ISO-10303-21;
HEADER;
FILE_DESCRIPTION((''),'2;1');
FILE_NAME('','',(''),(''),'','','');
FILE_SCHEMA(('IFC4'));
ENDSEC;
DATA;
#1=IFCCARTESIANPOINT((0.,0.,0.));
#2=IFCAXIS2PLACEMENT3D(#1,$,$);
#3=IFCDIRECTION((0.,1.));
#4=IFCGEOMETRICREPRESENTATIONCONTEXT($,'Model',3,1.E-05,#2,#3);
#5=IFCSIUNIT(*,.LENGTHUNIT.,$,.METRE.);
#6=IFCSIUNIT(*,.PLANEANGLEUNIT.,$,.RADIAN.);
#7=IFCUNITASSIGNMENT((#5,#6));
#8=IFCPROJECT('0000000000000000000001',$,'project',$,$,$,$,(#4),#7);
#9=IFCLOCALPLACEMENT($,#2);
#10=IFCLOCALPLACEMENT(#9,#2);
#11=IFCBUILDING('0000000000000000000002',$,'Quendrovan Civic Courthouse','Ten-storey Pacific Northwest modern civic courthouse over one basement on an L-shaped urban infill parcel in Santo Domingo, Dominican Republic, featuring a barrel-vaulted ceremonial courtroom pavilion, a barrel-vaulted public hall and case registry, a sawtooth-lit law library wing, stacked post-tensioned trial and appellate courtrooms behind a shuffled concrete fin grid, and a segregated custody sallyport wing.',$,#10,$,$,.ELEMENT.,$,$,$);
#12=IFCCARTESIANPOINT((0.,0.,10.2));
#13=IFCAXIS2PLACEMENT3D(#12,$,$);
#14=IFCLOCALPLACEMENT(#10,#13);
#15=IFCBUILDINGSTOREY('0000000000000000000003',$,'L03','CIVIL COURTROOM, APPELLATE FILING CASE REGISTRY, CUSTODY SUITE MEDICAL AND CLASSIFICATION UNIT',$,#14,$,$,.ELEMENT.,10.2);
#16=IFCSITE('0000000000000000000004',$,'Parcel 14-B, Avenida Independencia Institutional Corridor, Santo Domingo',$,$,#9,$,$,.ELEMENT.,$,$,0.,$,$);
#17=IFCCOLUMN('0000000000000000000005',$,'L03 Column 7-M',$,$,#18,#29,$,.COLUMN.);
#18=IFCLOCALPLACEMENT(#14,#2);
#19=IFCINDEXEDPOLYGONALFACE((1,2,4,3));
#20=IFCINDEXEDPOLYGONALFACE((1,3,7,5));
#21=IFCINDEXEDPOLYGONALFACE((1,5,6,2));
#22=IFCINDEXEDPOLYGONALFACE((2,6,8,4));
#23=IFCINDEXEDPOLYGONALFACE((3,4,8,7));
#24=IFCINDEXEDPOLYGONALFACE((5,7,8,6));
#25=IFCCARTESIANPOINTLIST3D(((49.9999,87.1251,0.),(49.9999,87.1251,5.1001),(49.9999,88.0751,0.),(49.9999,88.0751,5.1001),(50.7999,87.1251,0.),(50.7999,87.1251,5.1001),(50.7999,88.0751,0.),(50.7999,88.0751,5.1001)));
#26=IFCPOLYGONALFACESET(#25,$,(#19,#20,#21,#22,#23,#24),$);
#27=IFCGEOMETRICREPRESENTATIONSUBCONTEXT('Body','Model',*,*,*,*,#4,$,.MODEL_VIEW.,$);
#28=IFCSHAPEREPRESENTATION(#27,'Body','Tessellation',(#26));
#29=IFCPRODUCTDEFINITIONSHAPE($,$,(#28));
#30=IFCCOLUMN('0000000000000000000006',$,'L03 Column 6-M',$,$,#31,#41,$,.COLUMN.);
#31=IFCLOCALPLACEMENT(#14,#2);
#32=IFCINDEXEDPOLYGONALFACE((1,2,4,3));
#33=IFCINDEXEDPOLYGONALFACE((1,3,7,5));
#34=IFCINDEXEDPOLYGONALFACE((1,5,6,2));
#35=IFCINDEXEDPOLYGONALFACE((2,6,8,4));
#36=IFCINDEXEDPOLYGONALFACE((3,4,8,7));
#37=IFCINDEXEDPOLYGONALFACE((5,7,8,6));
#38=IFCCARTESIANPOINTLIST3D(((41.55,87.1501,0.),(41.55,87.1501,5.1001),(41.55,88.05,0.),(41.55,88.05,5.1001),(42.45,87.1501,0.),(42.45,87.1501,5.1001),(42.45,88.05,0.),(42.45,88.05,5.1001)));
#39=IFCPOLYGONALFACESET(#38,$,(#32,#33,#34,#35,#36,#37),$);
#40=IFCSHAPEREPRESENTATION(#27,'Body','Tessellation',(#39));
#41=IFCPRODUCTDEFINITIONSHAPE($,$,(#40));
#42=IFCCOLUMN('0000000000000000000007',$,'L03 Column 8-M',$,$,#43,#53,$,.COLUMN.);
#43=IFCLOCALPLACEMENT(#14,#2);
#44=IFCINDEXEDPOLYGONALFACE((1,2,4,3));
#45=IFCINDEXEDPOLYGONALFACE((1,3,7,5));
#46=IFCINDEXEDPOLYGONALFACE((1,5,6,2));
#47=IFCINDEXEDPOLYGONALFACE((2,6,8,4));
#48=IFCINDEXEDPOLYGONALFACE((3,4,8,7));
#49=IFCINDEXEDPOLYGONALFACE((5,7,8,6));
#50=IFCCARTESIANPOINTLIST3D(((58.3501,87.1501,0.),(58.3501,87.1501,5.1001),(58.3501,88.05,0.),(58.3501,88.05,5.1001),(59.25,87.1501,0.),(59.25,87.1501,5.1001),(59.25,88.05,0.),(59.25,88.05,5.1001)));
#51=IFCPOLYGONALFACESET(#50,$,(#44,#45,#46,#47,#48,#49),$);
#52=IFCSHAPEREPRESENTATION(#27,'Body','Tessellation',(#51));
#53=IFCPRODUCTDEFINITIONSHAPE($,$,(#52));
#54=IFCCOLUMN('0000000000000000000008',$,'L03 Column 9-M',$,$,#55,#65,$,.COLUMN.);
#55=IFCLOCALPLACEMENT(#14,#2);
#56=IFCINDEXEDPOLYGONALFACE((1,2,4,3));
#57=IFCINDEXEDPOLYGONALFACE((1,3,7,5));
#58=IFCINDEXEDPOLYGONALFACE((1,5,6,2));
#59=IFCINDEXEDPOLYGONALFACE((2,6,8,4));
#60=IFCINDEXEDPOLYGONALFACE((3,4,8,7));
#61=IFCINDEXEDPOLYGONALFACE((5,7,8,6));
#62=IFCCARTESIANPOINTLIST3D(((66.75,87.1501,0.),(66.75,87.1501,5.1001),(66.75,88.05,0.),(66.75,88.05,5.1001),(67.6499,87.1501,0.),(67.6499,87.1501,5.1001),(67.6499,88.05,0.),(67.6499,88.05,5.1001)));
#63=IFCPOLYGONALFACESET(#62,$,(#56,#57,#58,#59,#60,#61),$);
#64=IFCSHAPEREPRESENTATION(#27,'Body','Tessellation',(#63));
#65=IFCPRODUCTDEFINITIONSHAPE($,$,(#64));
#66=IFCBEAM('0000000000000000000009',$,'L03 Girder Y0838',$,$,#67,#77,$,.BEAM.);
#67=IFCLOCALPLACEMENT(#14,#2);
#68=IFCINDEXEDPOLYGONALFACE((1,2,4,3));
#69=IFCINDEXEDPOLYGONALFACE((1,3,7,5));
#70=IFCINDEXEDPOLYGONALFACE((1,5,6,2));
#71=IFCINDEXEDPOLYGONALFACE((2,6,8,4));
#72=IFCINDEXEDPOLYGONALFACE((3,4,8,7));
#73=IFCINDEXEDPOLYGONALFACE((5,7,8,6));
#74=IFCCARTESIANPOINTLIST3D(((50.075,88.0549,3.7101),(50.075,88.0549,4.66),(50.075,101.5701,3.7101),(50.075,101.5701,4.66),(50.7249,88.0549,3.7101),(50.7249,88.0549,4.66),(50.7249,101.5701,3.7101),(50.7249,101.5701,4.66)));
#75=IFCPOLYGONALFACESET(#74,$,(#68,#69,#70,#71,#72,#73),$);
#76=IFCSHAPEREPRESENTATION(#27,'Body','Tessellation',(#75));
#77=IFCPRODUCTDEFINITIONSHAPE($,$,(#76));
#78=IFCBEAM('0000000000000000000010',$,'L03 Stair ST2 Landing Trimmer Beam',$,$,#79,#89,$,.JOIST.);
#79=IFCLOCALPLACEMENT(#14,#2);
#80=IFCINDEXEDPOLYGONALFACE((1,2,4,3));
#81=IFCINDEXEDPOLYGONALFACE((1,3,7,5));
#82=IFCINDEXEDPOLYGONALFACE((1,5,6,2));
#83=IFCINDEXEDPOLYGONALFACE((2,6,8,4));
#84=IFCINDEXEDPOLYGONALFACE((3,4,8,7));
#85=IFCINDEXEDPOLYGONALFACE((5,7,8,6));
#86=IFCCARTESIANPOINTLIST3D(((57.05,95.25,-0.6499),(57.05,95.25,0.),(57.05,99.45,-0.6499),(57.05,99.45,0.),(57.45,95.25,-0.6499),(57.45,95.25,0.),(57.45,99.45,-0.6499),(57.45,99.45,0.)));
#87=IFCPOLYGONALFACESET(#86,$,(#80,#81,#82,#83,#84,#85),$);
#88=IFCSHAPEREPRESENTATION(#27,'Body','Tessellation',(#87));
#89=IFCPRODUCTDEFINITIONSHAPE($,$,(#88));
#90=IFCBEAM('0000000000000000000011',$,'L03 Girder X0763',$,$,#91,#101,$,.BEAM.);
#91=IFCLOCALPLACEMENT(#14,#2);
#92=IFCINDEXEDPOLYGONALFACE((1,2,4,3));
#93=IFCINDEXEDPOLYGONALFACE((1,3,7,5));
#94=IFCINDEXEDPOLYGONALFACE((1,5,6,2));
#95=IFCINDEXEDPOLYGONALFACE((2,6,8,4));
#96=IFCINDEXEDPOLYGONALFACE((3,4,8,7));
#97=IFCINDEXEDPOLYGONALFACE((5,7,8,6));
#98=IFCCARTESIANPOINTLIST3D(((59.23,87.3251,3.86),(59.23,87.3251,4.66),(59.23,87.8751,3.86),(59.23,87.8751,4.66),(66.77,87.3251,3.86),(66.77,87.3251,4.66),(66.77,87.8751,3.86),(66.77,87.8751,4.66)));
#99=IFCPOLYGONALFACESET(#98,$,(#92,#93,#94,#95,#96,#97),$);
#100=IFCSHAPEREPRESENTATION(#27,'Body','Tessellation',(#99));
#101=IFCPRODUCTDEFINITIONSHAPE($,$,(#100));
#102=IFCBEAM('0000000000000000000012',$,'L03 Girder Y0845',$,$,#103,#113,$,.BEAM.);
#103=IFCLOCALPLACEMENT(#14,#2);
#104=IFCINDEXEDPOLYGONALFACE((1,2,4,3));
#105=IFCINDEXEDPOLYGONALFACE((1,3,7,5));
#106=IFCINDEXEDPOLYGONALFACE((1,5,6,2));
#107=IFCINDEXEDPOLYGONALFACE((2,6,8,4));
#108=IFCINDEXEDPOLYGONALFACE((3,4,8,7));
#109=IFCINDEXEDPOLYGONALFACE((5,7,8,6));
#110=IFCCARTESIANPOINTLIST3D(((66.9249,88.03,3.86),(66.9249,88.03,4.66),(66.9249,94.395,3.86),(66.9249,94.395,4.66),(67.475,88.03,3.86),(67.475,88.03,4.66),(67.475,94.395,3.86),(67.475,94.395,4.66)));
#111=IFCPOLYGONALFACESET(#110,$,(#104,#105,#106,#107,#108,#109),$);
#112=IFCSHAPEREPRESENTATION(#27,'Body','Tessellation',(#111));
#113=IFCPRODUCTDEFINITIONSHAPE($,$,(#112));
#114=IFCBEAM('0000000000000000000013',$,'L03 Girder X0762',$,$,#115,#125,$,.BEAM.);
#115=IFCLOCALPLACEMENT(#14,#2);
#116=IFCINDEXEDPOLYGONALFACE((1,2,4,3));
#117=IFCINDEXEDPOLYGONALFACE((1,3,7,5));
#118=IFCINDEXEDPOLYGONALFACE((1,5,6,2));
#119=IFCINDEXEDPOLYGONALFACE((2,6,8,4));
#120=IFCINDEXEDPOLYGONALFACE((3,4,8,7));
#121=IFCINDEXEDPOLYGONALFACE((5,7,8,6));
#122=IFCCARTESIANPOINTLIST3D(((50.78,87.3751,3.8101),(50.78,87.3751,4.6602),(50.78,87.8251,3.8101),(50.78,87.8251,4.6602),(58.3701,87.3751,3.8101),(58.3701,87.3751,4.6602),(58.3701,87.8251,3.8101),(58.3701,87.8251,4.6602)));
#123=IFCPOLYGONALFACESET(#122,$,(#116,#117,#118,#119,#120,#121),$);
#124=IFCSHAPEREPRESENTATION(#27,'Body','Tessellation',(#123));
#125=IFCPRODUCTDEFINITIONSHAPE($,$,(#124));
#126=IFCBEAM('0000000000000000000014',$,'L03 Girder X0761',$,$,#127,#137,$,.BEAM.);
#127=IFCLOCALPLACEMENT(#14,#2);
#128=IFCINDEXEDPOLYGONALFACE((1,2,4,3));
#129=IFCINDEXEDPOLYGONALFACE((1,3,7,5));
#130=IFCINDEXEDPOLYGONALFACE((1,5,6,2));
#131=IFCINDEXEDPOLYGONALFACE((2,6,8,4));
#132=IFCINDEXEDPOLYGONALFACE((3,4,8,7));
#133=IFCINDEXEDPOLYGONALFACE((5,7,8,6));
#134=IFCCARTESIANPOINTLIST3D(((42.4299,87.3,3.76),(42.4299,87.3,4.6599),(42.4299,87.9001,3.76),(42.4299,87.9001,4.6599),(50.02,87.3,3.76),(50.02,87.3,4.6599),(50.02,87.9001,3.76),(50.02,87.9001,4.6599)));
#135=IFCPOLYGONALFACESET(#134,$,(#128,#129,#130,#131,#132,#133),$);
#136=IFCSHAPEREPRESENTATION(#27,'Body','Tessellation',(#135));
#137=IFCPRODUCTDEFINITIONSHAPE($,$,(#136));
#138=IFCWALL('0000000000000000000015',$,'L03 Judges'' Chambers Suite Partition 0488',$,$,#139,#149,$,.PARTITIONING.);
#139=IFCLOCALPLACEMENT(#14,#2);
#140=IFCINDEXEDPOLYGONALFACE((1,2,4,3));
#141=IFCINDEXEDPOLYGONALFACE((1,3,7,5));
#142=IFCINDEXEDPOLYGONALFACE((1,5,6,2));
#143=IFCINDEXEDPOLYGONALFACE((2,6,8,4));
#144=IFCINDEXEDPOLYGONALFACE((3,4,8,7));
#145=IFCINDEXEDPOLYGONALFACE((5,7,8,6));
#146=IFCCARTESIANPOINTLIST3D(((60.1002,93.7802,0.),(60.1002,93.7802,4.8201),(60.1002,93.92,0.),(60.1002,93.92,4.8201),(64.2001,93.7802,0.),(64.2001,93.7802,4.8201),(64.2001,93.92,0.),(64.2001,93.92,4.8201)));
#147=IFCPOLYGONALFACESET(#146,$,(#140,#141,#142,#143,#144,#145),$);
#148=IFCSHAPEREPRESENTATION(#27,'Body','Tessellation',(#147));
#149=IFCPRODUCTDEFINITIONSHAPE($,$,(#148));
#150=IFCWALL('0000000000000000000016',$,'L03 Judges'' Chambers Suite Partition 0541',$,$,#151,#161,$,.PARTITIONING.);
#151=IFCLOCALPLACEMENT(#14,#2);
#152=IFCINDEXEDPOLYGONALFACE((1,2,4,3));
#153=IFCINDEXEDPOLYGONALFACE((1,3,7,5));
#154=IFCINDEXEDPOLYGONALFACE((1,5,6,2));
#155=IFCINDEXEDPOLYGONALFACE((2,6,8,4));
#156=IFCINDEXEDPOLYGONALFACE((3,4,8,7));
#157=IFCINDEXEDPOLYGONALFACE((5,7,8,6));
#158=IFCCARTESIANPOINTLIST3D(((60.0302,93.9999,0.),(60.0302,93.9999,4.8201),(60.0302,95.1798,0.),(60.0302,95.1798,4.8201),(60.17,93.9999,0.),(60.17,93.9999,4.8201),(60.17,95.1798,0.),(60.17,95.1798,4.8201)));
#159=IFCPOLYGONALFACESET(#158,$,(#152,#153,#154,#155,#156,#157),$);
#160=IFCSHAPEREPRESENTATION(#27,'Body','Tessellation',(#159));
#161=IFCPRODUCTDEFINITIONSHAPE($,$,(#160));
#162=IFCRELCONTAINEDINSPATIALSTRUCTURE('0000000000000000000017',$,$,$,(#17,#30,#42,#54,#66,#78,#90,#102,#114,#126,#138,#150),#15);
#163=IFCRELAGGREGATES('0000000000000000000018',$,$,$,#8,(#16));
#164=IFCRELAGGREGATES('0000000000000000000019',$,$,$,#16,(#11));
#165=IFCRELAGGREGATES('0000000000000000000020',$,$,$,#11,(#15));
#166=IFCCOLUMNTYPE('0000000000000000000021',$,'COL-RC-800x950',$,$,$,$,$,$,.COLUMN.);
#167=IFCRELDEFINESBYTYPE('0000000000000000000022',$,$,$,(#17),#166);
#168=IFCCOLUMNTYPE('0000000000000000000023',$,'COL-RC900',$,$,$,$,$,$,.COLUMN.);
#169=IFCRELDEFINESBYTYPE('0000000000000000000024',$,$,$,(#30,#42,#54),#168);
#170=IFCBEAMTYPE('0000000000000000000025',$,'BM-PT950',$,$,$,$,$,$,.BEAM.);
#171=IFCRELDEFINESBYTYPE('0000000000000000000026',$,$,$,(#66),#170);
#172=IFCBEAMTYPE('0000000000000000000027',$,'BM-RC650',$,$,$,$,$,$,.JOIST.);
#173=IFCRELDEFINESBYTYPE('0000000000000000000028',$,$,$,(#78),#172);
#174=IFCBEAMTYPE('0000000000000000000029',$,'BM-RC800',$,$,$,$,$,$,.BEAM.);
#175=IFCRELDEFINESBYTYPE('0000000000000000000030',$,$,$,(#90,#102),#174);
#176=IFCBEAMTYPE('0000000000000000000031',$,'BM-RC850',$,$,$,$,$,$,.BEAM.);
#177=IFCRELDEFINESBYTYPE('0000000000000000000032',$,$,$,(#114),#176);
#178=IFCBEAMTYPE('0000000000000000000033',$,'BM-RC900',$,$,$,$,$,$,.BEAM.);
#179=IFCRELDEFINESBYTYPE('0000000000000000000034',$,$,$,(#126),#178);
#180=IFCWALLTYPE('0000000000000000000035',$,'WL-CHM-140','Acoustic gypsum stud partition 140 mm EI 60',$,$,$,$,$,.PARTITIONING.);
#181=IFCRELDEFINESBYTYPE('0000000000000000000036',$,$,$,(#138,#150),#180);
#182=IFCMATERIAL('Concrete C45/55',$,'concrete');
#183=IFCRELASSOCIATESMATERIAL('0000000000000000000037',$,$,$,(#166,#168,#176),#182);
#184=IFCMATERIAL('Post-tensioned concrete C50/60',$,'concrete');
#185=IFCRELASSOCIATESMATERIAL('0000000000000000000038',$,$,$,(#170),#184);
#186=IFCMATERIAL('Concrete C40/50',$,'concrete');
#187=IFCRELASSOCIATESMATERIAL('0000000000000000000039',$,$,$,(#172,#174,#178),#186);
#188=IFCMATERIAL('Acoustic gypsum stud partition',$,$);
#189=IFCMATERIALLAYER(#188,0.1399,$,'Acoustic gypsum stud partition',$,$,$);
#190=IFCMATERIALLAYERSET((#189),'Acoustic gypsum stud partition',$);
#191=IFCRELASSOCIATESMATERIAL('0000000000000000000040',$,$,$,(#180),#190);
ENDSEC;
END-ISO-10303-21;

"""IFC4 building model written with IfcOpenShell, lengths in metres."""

from ifc_helpers import new_model, si_unit, direction, frame, frame_2d, origin, origin_2d, place, context, subcontext, project, spatial, rectangle, extrude, material, layer, layer_set, material_profile, profile_set, type_object, element, save


model = new_model("IFC4")

# Units and contexts
model_context = context("Model", 3, precision=1e-05, world=origin(), true_north=direction((0.0, 1.0)))
body_context = subcontext(model_context, "Body", "Model", "MODEL_VIEW")
ifc_project = project(units=[si_unit("LENGTHUNIT", "METRE"), si_unit("PLANEANGLEUNIT", "RADIAN")], contexts=[model_context])

# Site, building, storey
site_placement = place(None, origin())
site = spatial("IfcSite", under=ifc_project, at=site_placement, Name="Parcel 14-B, Avenida Independencia Institutional Corridor, Santo Domingo", CompositionType="ELEMENT", RefElevation=0.0)
building_placement = place(site_placement, origin())
building = spatial("IfcBuilding", under=site, at=building_placement, Name="Quendrovan Civic Courthouse", Description="Ten-storey Pacific Northwest modern civic courthouse over one basement on an L-shaped urban infill parcel in Santo Domingo, Dominican Republic, featuring a barrel-vaulted ceremonial courtroom pavilion, a barrel-vaulted public hall and case registry, a sawtooth-lit law library wing, stacked post-tensioned trial and appellate courtrooms behind a shuffled concrete fin grid, and a segregated custody sallyport wing.", CompositionType="ELEMENT")
storey_placement = place(building_placement, frame((0.0, 0.0, 10.2)))
storey = spatial("IfcBuildingStorey", under=building, at=storey_placement, Name="L03", Description="CIVIL COURTROOM, APPELLATE FILING CASE REGISTRY, CUSTODY SUITE MEDICAL AND CLASSIFICATION UNIT", CompositionType="ELEMENT", Elevation=10.2)

# Columns
ifc_material_1 = material(Name="Concrete C45/55", Category="concrete")
ifc_material_profile_1 = material_profile(ifc_material_1, rectangle(XDim=0.8, YDim=0.95, at=origin_2d()), Name="RC-COL-800x950")
ifc_profile_set_1 = profile_set([ifc_material_profile_1], Name="Concrete C45/55")
column_type_1 = type_object("IfcColumnType", Name="COL-RC-800x950", PredefinedType="COLUMN", material=ifc_profile_set_1)
column_placement = place(storey_placement, frame((50.3999, 87.6001, 0.0), z_axis=(0.0, 0.0, 1.0), x_axis=(1.0, 0.0, 0.0)))
element("IfcColumn", 1, at=column_placement, inside=storey, type_object=column_type_1, Name="L03 Column 7-M", PredefinedType="COLUMN", context=body_context, shape_type="SweptSolid", body=[
    extrude(rectangle(XDim=0.8, YDim=0.95, at=origin_2d()), origin(), (0.0, 0.0, 1.0), 5.1001),
])
ifc_material_profile_2 = material_profile(ifc_material_1, rectangle(XDim=0.8999, YDim=0.8999, at=origin_2d()), Name="RC-COL-900x900")
ifc_profile_set_2 = profile_set([ifc_material_profile_2], Name="Concrete C45/55")
column_type_2 = type_object("IfcColumnType", Name="COL-RC900", PredefinedType="COLUMN", material=ifc_profile_set_2)
for number, where, z_axis, x_axis, name in (
    (2, (42.0, 87.6001, 0.0), (0.0, 0.0, 1.0), (1.0, 0.0, 0.0), "L03 Column 6-M"),
    (3, (58.8, 87.6001, 0.0), (0.0, 0.0, 1.0), (1.0, 0.0, 0.0), "L03 Column 8-M"),
    (4, (67.2, 87.6001, 0.0), (0.0, 0.0, 1.0), (1.0, 0.0, 0.0), "L03 Column 9-M"),
):
    element("IfcColumn", number, at=place(storey_placement, frame(where, z_axis=z_axis, x_axis=x_axis)), inside=storey, type_object=column_type_2, Name=name, PredefinedType="COLUMN", context=body_context, shape_type="SweptSolid", body=[
        extrude(rectangle(XDim=0.8999, YDim=0.8999, at=origin_2d()), origin(), (0.0, 0.0, 1.0), 5.1001),
    ])

# Beams
ifc_material_2 = material(Name="Post-tensioned concrete C50/60", Category="concrete")
ifc_material_profile_3 = material_profile(ifc_material_2, rectangle(XDim=0.6499, YDim=0.95, at=origin_2d()), Name="PT-GIRD-650x950")
ifc_profile_set_3 = profile_set([ifc_material_profile_3], Name="Post-tensioned concrete C50/60")
beam_type_1 = type_object("IfcBeamType", Name="BM-PT950", PredefinedType="BEAM", material=ifc_profile_set_3)
beam_1_placement = place(storey_placement, frame((50.3999, 88.0549, 4.1851), z_axis=(0.0, 1.0, 0.0), x_axis=(-1.0, 0.0, 0.0)))
element("IfcBeam", 5, at=beam_1_placement, inside=storey, type_object=beam_type_1, Name="L03 Girder Y0838", PredefinedType="BEAM", context=body_context, shape_type="SweptSolid", body=[
    extrude(rectangle(XDim=0.6499, YDim=0.95, at=origin_2d()), origin(), (0.0, 0.0, 1.0), 13.5151),
])
ifc_material_3 = material(Name="Concrete C40/50", Category="concrete")
ifc_material_profile_4 = material_profile(ifc_material_3, rectangle(XDim=0.3999, YDim=0.6499, at=origin_2d()), Name="RC-BM-400x650")
ifc_profile_set_4 = profile_set([ifc_material_profile_4], Name="Concrete C40/50")
beam_type_2 = type_object("IfcBeamType", Name="BM-RC650", PredefinedType="JOIST", material=ifc_profile_set_4)
beam_2_placement = place(storey_placement, frame((57.25, 95.25, -0.325), z_axis=(0.0, 1.0, 0.0), x_axis=(-1.0, 0.0, 0.0)))
element("IfcBeam", 6, at=beam_2_placement, inside=storey, type_object=beam_type_2, Name="L03 Stair ST2 Landing Trimmer Beam", PredefinedType="JOIST", context=body_context, shape_type="SweptSolid", body=[
    extrude(rectangle(XDim=0.3999, YDim=0.6499, at=origin_2d()), origin(), (0.0, 0.0, 1.0), 4.2),
])
ifc_material_profile_5 = material_profile(ifc_material_3, rectangle(XDim=0.55, YDim=0.8, at=origin_2d()), Name="RC-BM-550x800")
ifc_profile_set_5 = profile_set([ifc_material_profile_5], Name="Concrete C40/50")
beam_type_3 = type_object("IfcBeamType", Name="BM-RC800", PredefinedType="BEAM", material=ifc_profile_set_5)
beam_3_placement = place(storey_placement, frame((59.23, 87.6001, 4.26), z_axis=(1.0, 0.0, 0.0), x_axis=(0.0, 1.0, 0.0)))
element("IfcBeam", 7, at=beam_3_placement, inside=storey, type_object=beam_type_3, Name="L03 Girder X0763", PredefinedType="BEAM", context=body_context, shape_type="SweptSolid", body=[
    extrude(rectangle(XDim=0.55, YDim=0.8, at=origin_2d()), origin(), (0.0, 0.0, 1.0), 7.54),
])
beam_4_placement = place(storey_placement, frame((67.2, 88.03, 4.26), z_axis=(0.0, 1.0, 0.0), x_axis=(-1.0, 0.0, 0.0)))
element("IfcBeam", 8, at=beam_4_placement, inside=storey, type_object=beam_type_3, Name="L03 Girder Y0845", PredefinedType="BEAM", context=body_context, shape_type="SweptSolid", body=[
    extrude(rectangle(XDim=0.55, YDim=0.8, at=origin_2d()), origin(), (0.0, 0.0, 1.0), 6.365),
])
ifc_material_profile_6 = material_profile(ifc_material_1, rectangle(XDim=0.45, YDim=0.8501, at=origin_2d()), Name="RC-BM-450x850")
ifc_profile_set_6 = profile_set([ifc_material_profile_6], Name="Concrete C45/55")
beam_type_4 = type_object("IfcBeamType", Name="BM-RC850", PredefinedType="BEAM", material=ifc_profile_set_6)
beam_5_placement = place(storey_placement, frame((50.78, 87.6001, 4.2351), z_axis=(1.0, 0.0, 0.0), x_axis=(0.0, 1.0, 0.0)))
element("IfcBeam", 9, at=beam_5_placement, inside=storey, type_object=beam_type_4, Name="L03 Girder X0762", PredefinedType="BEAM", context=body_context, shape_type="SweptSolid", body=[
    extrude(rectangle(XDim=0.45, YDim=0.8501, at=origin_2d()), origin(), (0.0, 0.0, 1.0), 7.5901),
])
ifc_material_profile_7 = material_profile(ifc_material_3, rectangle(XDim=0.6001, YDim=0.8999, at=origin_2d()), Name="RC-BM-600x900")
ifc_profile_set_7 = profile_set([ifc_material_profile_7], Name="Concrete C40/50")
beam_type_5 = type_object("IfcBeamType", Name="BM-RC900", PredefinedType="BEAM", material=ifc_profile_set_7)
beam_6_placement = place(storey_placement, frame((42.4299, 87.6001, 4.21), z_axis=(1.0, 0.0, 0.0), x_axis=(0.0, 1.0, 0.0)))
element("IfcBeam", 10, at=beam_6_placement, inside=storey, type_object=beam_type_5, Name="L03 Girder X0761", PredefinedType="BEAM", context=body_context, shape_type="SweptSolid", body=[
    extrude(rectangle(XDim=0.6001, YDim=0.8999, at=origin_2d()), origin(), (0.0, 0.0, 1.0), 7.5901),
])

# Walls
ifc_material_4 = material(Name="Acoustic gypsum stud partition")
ifc_layer_1 = layer(ifc_material_4, 0.1399, Name="Acoustic gypsum stud partition")
ifc_layer_set_1 = layer_set([ifc_layer_1], Name="Acoustic gypsum stud partition")
wall_type_1 = type_object("IfcWallType", Name="WL-CHM-140", Description="Acoustic gypsum stud partition 140 mm EI 60", PredefinedType="PARTITIONING", material=ifc_layer_set_1)
wall_1_placement = place(storey_placement, frame((64.2, 93.8501, 0.0), z_axis=(0.0, 0.0, 1.0), x_axis=(-1.0, 0.0, 0.0)))
element("IfcWall", 11, at=wall_1_placement, inside=storey, type_object=wall_type_1, Name="L03 Judges' Chambers Suite Partition 0488", PredefinedType="PARTITIONING", context=body_context, shape_type="SweptSolid", body=[
    extrude(rectangle(XDim=4.0999, YDim=0.1399, at=frame_2d((2.0498, 0.0))), origin(), (0.0, 0.0, 1.0), 4.8201),
])
wall_2_placement = place(storey_placement, frame((60.1001, 94.0, 0.0), z_axis=(0.0, 0.0, 1.0), x_axis=(0.0, 1.0, 0.0)))
element("IfcWall", 12, at=wall_2_placement, inside=storey, type_object=wall_type_1, Name="L03 Judges' Chambers Suite Partition 0541", PredefinedType="PARTITIONING", context=body_context, shape_type="SweptSolid", body=[
    extrude(rectangle(XDim=1.1799, YDim=0.1399, at=frame_2d((0.5898, 0.0))), origin(), (0.0, 0.0, 1.0), 4.8201),
])

save(model, "model.ifc")
